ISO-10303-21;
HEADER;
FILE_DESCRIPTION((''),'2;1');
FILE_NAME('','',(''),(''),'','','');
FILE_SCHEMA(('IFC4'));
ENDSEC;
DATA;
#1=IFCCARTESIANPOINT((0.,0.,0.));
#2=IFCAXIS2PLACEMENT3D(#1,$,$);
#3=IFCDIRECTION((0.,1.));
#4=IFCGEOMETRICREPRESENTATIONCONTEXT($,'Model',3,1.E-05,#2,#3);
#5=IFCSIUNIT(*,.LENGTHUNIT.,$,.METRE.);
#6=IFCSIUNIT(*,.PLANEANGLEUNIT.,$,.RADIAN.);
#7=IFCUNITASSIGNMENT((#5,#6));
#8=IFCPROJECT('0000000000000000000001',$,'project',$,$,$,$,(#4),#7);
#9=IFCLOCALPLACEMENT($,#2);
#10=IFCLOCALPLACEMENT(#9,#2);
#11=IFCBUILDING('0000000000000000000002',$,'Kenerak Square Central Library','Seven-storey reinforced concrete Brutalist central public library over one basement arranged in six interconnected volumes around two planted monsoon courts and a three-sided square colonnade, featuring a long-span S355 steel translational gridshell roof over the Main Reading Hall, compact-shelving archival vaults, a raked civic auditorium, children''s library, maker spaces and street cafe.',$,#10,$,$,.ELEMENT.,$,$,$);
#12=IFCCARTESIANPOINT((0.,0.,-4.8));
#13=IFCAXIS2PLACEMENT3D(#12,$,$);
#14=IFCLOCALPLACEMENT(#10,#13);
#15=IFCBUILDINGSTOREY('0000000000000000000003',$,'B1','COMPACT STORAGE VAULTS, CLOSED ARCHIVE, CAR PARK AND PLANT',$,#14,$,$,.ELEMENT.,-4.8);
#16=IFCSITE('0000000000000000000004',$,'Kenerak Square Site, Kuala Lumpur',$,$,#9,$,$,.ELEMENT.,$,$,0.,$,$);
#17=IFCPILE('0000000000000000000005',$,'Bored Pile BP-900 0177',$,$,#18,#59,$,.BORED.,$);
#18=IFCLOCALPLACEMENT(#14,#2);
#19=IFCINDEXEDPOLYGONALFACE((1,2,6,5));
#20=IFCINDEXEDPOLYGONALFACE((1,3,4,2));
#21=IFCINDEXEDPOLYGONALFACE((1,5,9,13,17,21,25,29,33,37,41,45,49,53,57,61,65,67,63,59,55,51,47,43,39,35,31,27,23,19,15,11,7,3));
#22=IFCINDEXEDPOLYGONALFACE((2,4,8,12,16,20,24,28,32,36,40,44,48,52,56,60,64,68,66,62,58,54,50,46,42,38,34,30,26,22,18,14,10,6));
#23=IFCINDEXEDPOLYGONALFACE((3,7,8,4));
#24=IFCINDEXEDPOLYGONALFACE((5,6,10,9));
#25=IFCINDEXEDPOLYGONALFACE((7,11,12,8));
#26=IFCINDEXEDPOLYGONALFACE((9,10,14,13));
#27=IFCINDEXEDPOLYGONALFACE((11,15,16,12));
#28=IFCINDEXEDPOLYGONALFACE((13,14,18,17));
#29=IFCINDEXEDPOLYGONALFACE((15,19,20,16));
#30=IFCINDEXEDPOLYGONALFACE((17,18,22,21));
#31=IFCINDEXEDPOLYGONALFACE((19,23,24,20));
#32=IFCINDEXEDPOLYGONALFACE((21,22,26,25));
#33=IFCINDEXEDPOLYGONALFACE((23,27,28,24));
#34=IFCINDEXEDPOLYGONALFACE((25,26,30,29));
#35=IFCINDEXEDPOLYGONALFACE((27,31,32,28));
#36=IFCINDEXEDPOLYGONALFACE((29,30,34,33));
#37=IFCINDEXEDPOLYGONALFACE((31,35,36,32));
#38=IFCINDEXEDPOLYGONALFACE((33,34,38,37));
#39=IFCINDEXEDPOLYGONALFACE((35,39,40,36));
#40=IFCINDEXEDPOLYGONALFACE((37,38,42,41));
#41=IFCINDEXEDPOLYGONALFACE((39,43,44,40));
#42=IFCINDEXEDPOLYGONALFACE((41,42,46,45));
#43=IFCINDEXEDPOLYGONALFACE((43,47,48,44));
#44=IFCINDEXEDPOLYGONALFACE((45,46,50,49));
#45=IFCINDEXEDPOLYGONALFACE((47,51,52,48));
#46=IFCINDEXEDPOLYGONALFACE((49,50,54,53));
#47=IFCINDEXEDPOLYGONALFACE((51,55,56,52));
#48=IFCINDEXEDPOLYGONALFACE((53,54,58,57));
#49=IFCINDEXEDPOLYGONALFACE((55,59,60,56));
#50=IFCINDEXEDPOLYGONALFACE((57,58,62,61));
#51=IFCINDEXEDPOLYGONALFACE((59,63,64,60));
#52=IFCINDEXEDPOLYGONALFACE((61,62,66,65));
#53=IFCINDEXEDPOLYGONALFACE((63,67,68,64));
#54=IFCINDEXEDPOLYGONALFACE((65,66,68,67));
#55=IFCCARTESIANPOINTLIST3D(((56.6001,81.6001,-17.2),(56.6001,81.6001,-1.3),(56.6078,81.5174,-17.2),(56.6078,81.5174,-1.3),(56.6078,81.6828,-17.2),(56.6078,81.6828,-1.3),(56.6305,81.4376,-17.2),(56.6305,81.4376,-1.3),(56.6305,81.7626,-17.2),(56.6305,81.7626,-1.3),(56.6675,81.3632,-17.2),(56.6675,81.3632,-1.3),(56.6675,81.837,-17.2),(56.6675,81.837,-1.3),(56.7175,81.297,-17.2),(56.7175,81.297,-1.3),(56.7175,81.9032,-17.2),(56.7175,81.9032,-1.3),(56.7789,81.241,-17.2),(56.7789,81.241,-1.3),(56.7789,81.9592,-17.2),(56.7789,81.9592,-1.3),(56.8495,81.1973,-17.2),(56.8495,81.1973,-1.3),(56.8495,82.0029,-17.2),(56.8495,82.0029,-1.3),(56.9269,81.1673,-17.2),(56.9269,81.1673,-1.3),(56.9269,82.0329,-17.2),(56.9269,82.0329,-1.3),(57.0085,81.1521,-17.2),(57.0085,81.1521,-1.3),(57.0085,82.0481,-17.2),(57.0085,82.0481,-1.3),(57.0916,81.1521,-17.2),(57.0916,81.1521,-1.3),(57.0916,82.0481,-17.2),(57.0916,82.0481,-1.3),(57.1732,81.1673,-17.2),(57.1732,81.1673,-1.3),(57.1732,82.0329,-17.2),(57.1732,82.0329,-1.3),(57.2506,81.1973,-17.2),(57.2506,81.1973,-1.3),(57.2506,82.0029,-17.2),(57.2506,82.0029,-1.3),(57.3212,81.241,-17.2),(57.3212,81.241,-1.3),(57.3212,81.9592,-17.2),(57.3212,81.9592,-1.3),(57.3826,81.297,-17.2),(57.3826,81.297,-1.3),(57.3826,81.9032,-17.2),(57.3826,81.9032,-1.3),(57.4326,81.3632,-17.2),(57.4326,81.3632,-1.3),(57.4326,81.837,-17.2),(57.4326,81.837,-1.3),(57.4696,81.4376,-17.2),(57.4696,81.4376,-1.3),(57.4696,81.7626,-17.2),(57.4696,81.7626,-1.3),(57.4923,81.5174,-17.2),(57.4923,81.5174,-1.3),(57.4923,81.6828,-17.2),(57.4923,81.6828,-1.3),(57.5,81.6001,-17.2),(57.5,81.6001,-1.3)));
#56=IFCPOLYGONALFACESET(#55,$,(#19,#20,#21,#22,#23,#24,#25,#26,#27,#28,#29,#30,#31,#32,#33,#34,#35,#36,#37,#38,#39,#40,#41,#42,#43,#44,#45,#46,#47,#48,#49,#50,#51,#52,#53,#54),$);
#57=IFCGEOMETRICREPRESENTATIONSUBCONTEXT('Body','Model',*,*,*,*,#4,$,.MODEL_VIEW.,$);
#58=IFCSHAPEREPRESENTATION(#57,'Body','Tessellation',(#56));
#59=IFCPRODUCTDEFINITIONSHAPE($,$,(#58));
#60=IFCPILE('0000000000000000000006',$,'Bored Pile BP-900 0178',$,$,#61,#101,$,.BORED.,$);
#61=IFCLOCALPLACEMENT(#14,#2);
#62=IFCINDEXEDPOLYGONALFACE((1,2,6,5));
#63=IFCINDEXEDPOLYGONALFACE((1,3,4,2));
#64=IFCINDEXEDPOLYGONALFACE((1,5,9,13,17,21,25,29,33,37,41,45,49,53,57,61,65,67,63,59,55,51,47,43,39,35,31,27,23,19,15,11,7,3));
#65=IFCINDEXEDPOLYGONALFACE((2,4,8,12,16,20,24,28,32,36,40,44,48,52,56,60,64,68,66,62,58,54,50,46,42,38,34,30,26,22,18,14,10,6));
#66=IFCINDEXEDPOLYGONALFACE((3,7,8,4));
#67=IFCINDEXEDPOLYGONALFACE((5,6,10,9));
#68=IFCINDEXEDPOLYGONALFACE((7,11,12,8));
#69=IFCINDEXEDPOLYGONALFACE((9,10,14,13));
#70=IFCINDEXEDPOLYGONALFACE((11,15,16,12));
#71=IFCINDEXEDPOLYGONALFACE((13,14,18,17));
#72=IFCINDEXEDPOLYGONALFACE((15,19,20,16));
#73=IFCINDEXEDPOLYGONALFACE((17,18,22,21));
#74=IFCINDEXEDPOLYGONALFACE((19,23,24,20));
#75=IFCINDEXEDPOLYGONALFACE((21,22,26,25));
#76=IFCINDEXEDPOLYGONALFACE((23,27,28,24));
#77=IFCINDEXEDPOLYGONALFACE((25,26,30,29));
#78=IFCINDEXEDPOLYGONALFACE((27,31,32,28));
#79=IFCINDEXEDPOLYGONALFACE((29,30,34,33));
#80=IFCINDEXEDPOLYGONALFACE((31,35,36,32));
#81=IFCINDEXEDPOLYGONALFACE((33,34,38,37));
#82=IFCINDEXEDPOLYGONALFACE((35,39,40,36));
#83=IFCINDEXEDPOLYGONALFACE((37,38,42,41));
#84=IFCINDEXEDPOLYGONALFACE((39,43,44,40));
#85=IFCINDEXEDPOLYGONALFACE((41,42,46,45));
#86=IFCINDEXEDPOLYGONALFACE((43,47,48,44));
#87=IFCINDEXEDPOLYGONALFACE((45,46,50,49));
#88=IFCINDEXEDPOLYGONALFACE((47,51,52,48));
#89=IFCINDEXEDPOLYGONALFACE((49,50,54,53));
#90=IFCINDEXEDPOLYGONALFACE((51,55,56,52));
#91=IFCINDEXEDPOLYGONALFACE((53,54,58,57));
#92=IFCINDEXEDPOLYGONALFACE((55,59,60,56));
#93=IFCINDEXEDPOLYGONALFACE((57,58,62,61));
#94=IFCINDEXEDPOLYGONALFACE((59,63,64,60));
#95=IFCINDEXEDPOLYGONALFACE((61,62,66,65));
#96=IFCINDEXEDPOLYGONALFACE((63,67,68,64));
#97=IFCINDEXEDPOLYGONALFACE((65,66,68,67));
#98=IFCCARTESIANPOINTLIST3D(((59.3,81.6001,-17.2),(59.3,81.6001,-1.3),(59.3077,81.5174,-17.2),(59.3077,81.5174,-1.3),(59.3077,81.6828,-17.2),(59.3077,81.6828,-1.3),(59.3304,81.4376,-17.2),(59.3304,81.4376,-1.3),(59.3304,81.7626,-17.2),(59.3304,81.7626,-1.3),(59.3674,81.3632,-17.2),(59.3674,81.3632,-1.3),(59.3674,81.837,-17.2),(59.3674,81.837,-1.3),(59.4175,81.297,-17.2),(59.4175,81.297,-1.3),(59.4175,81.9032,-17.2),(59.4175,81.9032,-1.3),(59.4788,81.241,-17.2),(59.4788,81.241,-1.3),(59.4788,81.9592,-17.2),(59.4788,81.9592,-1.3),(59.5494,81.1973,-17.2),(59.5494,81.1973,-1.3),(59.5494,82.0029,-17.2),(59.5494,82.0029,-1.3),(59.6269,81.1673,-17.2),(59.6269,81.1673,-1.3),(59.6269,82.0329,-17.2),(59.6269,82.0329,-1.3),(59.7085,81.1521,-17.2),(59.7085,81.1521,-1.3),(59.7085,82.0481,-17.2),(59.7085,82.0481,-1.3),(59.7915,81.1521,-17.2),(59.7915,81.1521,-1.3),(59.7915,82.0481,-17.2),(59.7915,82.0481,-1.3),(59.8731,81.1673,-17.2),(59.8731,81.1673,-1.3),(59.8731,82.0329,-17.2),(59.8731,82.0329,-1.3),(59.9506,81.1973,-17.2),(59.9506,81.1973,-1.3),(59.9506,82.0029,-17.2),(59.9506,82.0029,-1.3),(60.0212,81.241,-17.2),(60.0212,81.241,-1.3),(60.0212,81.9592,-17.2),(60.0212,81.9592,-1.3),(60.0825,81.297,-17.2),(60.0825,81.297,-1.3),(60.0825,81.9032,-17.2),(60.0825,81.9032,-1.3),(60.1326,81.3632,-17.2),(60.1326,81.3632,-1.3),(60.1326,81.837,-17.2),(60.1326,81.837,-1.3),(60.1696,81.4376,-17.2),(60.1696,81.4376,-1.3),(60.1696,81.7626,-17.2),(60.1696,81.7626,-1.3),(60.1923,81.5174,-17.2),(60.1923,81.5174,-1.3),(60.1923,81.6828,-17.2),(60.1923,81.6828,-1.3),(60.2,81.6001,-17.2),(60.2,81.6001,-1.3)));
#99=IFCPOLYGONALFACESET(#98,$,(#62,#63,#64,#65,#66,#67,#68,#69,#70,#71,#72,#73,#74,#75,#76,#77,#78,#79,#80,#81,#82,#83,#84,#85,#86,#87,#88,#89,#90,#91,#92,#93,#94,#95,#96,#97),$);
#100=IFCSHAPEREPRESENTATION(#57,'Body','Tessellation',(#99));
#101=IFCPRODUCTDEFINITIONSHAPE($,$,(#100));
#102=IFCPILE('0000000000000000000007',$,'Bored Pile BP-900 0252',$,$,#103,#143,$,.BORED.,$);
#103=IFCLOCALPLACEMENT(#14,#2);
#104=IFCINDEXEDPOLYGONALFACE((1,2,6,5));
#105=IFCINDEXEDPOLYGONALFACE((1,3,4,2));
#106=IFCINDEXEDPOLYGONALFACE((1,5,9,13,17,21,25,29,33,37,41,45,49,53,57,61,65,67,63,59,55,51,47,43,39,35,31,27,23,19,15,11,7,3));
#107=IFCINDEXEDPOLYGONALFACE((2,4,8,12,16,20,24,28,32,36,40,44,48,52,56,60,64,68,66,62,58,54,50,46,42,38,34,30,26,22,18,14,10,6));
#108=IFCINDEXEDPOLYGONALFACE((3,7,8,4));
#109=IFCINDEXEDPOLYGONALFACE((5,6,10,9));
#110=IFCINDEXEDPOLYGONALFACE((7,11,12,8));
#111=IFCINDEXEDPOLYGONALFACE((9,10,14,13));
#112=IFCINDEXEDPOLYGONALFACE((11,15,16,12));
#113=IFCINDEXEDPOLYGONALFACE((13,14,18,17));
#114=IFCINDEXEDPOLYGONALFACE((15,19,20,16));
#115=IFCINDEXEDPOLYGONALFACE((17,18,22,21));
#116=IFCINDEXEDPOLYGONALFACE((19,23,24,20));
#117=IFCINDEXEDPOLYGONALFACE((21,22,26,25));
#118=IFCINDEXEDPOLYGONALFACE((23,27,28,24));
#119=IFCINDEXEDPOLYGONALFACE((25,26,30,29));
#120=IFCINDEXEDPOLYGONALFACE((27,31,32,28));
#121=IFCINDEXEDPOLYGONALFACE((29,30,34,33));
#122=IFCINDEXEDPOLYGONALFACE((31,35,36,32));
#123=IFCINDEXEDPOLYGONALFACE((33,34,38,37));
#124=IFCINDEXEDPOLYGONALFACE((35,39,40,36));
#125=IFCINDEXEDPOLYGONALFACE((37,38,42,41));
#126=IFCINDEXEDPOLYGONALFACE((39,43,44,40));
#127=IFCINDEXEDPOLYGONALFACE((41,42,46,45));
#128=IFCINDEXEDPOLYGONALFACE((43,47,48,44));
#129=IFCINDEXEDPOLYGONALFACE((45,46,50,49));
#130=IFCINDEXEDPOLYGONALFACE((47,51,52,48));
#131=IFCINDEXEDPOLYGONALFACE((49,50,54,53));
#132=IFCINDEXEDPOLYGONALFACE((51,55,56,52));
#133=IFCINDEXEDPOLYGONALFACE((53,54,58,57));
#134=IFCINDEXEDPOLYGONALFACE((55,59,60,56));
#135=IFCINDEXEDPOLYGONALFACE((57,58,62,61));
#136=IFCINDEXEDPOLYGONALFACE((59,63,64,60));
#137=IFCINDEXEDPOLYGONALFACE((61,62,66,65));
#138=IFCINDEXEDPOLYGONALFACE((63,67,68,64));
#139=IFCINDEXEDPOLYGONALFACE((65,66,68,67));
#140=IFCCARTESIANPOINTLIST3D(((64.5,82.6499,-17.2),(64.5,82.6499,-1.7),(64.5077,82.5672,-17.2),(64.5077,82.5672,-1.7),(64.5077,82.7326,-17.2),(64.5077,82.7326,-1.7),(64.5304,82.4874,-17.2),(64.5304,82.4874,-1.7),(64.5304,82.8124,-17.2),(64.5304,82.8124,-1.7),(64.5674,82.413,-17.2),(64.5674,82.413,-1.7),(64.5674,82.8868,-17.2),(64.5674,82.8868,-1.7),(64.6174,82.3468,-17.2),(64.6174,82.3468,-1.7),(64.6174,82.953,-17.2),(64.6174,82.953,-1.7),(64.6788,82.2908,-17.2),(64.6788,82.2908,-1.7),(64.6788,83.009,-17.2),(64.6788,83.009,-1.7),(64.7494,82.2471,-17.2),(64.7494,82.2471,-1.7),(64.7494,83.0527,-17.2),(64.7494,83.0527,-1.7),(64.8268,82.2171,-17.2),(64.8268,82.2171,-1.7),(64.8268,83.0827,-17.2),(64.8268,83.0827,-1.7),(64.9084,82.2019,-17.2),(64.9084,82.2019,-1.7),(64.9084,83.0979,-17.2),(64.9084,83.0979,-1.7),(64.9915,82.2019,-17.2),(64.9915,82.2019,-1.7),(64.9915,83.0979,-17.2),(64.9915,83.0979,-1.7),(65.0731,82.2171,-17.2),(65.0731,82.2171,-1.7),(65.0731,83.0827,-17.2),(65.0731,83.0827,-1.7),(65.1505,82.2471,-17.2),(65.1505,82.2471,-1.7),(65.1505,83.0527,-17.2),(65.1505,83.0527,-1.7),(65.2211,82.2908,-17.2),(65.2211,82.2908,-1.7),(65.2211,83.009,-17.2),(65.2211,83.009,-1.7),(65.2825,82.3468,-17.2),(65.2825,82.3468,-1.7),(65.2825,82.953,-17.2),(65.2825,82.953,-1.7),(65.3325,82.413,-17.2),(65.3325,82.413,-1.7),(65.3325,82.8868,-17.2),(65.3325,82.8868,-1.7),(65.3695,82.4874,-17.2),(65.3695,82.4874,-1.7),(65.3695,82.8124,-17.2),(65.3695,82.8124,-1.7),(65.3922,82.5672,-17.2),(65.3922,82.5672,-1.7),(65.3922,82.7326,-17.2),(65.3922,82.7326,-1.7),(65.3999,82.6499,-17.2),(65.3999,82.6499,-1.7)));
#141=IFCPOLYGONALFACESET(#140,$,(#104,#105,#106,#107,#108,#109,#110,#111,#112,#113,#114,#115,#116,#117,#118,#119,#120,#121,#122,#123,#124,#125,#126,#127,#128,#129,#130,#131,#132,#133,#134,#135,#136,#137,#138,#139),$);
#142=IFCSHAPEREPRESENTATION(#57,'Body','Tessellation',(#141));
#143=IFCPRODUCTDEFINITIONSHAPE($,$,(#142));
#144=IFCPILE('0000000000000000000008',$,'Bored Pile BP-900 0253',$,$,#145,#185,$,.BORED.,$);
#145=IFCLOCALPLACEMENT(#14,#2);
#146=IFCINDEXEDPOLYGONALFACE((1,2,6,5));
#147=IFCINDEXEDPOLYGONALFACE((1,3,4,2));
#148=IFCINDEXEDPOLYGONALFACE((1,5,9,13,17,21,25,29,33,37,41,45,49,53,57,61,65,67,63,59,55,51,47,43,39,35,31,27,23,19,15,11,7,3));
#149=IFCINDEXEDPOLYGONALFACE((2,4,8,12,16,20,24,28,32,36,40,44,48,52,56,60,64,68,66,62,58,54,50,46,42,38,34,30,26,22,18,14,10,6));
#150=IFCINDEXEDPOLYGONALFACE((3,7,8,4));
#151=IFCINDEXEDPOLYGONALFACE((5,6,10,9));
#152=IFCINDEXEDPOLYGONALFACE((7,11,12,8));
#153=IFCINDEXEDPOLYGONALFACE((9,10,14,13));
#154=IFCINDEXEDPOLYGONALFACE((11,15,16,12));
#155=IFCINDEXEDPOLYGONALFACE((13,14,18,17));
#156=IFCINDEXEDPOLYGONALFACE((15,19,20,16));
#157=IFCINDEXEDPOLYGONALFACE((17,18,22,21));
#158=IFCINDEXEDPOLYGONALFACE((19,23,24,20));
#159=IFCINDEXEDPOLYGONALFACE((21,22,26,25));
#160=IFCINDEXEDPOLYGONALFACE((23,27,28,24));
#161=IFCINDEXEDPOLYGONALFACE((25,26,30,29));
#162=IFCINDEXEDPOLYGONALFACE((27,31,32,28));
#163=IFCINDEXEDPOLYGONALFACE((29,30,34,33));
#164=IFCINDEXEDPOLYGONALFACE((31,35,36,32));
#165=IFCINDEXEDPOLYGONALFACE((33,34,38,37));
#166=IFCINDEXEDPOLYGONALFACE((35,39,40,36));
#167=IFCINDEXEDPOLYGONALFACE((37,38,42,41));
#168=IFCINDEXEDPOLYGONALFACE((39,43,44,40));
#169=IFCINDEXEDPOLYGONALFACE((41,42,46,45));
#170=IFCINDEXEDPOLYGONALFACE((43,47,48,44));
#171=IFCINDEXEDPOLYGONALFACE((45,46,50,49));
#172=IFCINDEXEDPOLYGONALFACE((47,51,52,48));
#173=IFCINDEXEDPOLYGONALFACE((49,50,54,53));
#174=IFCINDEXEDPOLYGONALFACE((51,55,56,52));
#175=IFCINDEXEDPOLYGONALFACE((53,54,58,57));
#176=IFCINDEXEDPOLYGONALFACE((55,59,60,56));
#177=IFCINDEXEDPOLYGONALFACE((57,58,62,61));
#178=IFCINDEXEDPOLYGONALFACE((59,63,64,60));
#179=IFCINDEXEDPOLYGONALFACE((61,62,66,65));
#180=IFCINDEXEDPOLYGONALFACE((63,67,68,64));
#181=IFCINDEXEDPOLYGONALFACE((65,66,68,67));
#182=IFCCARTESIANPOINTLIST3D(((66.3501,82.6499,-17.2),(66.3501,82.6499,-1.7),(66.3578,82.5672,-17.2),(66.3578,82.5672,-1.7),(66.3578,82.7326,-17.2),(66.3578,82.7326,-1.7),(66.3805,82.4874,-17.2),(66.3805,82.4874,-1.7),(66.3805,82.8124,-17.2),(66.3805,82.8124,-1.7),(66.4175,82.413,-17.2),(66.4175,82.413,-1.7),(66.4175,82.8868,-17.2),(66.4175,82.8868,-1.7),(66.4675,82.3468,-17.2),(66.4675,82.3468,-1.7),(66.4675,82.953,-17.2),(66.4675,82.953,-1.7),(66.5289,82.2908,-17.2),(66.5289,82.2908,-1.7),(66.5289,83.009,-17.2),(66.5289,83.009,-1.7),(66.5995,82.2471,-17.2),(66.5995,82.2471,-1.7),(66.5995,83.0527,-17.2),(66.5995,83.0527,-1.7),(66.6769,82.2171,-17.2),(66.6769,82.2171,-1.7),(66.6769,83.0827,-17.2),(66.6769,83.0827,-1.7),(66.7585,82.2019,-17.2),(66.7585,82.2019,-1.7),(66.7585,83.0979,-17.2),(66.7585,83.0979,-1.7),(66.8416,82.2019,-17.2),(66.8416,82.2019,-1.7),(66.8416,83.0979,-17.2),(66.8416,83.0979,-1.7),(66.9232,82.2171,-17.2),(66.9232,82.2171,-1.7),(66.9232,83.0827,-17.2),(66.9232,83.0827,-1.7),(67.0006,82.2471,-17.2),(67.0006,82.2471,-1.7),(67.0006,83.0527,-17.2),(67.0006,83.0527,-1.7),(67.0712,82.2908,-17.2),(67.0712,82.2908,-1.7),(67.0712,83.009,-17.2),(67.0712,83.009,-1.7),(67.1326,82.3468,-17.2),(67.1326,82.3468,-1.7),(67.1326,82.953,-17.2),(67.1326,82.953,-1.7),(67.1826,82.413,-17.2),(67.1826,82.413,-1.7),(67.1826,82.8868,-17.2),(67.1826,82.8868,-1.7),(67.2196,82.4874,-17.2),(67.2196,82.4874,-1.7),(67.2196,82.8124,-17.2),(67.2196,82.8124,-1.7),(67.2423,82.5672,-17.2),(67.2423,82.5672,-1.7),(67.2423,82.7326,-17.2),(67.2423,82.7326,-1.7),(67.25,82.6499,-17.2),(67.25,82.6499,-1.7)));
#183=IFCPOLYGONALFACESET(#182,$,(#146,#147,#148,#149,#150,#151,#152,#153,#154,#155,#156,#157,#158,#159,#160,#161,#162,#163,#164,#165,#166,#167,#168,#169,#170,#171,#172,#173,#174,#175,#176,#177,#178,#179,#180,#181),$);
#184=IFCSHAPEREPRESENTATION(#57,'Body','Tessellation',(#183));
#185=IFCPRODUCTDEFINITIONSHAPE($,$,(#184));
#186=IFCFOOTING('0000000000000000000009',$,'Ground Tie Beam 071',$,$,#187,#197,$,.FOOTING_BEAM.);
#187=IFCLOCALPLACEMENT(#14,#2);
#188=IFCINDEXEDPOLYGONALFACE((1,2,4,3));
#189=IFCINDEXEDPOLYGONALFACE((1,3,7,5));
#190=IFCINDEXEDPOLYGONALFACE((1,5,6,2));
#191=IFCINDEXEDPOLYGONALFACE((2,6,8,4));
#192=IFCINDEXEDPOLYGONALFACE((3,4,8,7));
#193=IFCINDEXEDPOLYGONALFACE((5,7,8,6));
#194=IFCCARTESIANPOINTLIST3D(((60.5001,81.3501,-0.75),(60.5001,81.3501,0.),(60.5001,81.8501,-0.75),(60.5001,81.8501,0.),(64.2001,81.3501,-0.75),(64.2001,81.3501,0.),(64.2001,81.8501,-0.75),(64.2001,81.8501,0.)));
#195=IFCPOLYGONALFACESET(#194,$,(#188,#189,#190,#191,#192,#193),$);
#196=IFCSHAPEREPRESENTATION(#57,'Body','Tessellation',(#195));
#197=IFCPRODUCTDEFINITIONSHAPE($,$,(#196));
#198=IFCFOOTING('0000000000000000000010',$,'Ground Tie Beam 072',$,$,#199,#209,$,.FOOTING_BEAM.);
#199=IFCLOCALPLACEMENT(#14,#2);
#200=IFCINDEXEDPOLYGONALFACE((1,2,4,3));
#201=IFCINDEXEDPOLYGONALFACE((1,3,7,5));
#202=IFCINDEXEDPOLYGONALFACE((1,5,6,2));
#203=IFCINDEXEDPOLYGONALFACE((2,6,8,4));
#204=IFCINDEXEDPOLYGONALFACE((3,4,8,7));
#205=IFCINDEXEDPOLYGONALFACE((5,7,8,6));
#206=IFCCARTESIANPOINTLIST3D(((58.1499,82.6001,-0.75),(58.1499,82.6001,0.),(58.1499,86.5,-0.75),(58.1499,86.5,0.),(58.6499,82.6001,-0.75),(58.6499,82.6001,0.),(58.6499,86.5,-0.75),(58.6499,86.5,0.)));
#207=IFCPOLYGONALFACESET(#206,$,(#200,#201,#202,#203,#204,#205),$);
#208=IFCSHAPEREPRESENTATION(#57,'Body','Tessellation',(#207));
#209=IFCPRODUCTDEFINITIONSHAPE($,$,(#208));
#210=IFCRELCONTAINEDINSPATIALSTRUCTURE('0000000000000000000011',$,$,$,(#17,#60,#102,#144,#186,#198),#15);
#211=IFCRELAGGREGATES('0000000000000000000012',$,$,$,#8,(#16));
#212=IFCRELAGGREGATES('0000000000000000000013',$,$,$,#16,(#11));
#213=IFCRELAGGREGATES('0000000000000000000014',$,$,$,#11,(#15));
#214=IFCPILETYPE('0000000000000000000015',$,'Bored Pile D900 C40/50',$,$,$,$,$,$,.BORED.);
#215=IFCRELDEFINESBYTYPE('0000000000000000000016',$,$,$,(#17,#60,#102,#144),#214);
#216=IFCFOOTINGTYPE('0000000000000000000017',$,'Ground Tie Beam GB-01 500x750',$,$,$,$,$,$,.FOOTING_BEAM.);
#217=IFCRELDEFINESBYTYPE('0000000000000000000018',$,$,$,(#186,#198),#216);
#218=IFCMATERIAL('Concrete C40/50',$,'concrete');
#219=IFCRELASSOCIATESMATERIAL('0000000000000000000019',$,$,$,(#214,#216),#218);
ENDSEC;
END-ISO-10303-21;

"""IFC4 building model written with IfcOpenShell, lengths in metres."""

from ifc_helpers import new_model, si_unit, direction, frame, origin, origin_2d, place, context, subcontext, project, spatial, rectangle, circle, extrude, material, material_profile, profile_set, type_object, element, save


model = new_model("IFC4")

# Units and contexts
model_context = context("Model", 3, precision=1e-05, world=origin(), true_north=direction((0.0, 1.0)))
body_context = subcontext(model_context, "Body", "Model", "MODEL_VIEW")
ifc_project = project(units=[si_unit("LENGTHUNIT", "METRE"), si_unit("PLANEANGLEUNIT", "RADIAN")], contexts=[model_context])

# Site, building, storey
site_placement = place(None, origin())
site = spatial("IfcSite", under=ifc_project, at=site_placement, Name="Kenerak Square Site, Kuala Lumpur", CompositionType="ELEMENT", RefElevation=0.0)
building_placement = place(site_placement, origin())
building = spatial("IfcBuilding", under=site, at=building_placement, Name="Kenerak Square Central Library", Description="Seven-storey reinforced concrete Brutalist central public library over one basement arranged in six interconnected volumes around two planted monsoon courts and a three-sided square colonnade, featuring a long-span S355 steel translational gridshell roof over the Main Reading Hall, compact-shelving archival vaults, a raked civic auditorium, children's library, maker spaces and street cafe.", CompositionType="ELEMENT")
storey_placement = place(building_placement, frame((0.0, 0.0, -4.8)))
storey = spatial("IfcBuildingStorey", under=building, at=storey_placement, Name="B1", Description="COMPACT STORAGE VAULTS, CLOSED ARCHIVE, CAR PARK AND PLANT", CompositionType="ELEMENT", Elevation=-4.8)

# Piles
ifc_material_1 = material(Name="Concrete C40/50", Category="concrete")
ifc_material_profile_1 = material_profile(ifc_material_1, circle(Radius=0.45, at=origin_2d()), Name="BP D900")
ifc_profile_set_1 = profile_set([ifc_material_profile_1], Name="Concrete C40/50")
pile_type_1 = type_object("IfcPileType", Name="Bored Pile D900 C40/50", PredefinedType="BORED", material=ifc_profile_set_1)
for number, where, z_axis, x_axis, name in (
    (1, (57.05, 81.6001, -1.3), (0.0, 0.0, -1.0), (1.0, 0.0, 0.0), "Bored Pile BP-900 0177"),
    (2, (59.75, 81.6001, -1.3), (0.0, 0.0, -1.0), (1.0, 0.0, 0.0), "Bored Pile BP-900 0178"),
):
    element("IfcPile", number, at=place(storey_placement, frame(where, z_axis=z_axis, x_axis=x_axis)), inside=storey, type_object=pile_type_1, Name=name, PredefinedType="BORED", context=body_context, shape_type="SweptSolid", body=[
        extrude(circle(Radius=0.45, at=origin_2d()), origin(), (0.0, 0.0, 1.0), 15.8999),
    ])
for number, where, z_axis, x_axis, name in (
    (3, (64.95, 82.6499, -1.7), (0.0, 0.0, -1.0), (1.0, 0.0, 0.0), "Bored Pile BP-900 0252"),
    (4, (66.8, 82.6499, -1.7), (0.0, 0.0, -1.0), (1.0, 0.0, 0.0), "Bored Pile BP-900 0253"),
):
    element("IfcPile", number, at=place(storey_placement, frame(where, z_axis=z_axis, x_axis=x_axis)), inside=storey, type_object=pile_type_1, Name=name, PredefinedType="BORED", context=body_context, shape_type="SweptSolid", body=[
        extrude(circle(Radius=0.45, at=origin_2d()), origin(), (0.0, 0.0, 1.0), 15.5),
    ])

# Footings
footing_type_1 = type_object("IfcFootingType", Name="Ground Tie Beam GB-01 500x750", PredefinedType="FOOTING_BEAM", material=ifc_material_1)
footing_1_placement = place(storey_placement, frame((62.3501, 81.6001, -0.75), z_axis=(0.0, 0.0, 1.0), x_axis=(1.0, 0.0, 0.0)))
element("IfcFooting", 5, at=footing_1_placement, inside=storey, type_object=footing_type_1, Name="Ground Tie Beam 071", PredefinedType="FOOTING_BEAM", context=body_context, shape_type="SweptSolid", body=[
    extrude(rectangle(XDim=3.7, YDim=0.5, at=origin_2d()), origin(), (0.0, 0.0, 1.0), 0.75),
])
footing_2_placement = place(storey_placement, frame((58.3999, 84.55, -0.75), z_axis=(0.0, 0.0, 1.0), x_axis=(1.0, 0.0, 0.0)))
element("IfcFooting", 6, at=footing_2_placement, inside=storey, type_object=footing_type_1, Name="Ground Tie Beam 072", PredefinedType="FOOTING_BEAM", context=body_context, shape_type="SweptSolid", body=[
    extrude(rectangle(XDim=0.5, YDim=3.8999, at=origin_2d()), origin(), (0.0, 0.0, 1.0), 0.75),
])

save(model, "model.ifc")
